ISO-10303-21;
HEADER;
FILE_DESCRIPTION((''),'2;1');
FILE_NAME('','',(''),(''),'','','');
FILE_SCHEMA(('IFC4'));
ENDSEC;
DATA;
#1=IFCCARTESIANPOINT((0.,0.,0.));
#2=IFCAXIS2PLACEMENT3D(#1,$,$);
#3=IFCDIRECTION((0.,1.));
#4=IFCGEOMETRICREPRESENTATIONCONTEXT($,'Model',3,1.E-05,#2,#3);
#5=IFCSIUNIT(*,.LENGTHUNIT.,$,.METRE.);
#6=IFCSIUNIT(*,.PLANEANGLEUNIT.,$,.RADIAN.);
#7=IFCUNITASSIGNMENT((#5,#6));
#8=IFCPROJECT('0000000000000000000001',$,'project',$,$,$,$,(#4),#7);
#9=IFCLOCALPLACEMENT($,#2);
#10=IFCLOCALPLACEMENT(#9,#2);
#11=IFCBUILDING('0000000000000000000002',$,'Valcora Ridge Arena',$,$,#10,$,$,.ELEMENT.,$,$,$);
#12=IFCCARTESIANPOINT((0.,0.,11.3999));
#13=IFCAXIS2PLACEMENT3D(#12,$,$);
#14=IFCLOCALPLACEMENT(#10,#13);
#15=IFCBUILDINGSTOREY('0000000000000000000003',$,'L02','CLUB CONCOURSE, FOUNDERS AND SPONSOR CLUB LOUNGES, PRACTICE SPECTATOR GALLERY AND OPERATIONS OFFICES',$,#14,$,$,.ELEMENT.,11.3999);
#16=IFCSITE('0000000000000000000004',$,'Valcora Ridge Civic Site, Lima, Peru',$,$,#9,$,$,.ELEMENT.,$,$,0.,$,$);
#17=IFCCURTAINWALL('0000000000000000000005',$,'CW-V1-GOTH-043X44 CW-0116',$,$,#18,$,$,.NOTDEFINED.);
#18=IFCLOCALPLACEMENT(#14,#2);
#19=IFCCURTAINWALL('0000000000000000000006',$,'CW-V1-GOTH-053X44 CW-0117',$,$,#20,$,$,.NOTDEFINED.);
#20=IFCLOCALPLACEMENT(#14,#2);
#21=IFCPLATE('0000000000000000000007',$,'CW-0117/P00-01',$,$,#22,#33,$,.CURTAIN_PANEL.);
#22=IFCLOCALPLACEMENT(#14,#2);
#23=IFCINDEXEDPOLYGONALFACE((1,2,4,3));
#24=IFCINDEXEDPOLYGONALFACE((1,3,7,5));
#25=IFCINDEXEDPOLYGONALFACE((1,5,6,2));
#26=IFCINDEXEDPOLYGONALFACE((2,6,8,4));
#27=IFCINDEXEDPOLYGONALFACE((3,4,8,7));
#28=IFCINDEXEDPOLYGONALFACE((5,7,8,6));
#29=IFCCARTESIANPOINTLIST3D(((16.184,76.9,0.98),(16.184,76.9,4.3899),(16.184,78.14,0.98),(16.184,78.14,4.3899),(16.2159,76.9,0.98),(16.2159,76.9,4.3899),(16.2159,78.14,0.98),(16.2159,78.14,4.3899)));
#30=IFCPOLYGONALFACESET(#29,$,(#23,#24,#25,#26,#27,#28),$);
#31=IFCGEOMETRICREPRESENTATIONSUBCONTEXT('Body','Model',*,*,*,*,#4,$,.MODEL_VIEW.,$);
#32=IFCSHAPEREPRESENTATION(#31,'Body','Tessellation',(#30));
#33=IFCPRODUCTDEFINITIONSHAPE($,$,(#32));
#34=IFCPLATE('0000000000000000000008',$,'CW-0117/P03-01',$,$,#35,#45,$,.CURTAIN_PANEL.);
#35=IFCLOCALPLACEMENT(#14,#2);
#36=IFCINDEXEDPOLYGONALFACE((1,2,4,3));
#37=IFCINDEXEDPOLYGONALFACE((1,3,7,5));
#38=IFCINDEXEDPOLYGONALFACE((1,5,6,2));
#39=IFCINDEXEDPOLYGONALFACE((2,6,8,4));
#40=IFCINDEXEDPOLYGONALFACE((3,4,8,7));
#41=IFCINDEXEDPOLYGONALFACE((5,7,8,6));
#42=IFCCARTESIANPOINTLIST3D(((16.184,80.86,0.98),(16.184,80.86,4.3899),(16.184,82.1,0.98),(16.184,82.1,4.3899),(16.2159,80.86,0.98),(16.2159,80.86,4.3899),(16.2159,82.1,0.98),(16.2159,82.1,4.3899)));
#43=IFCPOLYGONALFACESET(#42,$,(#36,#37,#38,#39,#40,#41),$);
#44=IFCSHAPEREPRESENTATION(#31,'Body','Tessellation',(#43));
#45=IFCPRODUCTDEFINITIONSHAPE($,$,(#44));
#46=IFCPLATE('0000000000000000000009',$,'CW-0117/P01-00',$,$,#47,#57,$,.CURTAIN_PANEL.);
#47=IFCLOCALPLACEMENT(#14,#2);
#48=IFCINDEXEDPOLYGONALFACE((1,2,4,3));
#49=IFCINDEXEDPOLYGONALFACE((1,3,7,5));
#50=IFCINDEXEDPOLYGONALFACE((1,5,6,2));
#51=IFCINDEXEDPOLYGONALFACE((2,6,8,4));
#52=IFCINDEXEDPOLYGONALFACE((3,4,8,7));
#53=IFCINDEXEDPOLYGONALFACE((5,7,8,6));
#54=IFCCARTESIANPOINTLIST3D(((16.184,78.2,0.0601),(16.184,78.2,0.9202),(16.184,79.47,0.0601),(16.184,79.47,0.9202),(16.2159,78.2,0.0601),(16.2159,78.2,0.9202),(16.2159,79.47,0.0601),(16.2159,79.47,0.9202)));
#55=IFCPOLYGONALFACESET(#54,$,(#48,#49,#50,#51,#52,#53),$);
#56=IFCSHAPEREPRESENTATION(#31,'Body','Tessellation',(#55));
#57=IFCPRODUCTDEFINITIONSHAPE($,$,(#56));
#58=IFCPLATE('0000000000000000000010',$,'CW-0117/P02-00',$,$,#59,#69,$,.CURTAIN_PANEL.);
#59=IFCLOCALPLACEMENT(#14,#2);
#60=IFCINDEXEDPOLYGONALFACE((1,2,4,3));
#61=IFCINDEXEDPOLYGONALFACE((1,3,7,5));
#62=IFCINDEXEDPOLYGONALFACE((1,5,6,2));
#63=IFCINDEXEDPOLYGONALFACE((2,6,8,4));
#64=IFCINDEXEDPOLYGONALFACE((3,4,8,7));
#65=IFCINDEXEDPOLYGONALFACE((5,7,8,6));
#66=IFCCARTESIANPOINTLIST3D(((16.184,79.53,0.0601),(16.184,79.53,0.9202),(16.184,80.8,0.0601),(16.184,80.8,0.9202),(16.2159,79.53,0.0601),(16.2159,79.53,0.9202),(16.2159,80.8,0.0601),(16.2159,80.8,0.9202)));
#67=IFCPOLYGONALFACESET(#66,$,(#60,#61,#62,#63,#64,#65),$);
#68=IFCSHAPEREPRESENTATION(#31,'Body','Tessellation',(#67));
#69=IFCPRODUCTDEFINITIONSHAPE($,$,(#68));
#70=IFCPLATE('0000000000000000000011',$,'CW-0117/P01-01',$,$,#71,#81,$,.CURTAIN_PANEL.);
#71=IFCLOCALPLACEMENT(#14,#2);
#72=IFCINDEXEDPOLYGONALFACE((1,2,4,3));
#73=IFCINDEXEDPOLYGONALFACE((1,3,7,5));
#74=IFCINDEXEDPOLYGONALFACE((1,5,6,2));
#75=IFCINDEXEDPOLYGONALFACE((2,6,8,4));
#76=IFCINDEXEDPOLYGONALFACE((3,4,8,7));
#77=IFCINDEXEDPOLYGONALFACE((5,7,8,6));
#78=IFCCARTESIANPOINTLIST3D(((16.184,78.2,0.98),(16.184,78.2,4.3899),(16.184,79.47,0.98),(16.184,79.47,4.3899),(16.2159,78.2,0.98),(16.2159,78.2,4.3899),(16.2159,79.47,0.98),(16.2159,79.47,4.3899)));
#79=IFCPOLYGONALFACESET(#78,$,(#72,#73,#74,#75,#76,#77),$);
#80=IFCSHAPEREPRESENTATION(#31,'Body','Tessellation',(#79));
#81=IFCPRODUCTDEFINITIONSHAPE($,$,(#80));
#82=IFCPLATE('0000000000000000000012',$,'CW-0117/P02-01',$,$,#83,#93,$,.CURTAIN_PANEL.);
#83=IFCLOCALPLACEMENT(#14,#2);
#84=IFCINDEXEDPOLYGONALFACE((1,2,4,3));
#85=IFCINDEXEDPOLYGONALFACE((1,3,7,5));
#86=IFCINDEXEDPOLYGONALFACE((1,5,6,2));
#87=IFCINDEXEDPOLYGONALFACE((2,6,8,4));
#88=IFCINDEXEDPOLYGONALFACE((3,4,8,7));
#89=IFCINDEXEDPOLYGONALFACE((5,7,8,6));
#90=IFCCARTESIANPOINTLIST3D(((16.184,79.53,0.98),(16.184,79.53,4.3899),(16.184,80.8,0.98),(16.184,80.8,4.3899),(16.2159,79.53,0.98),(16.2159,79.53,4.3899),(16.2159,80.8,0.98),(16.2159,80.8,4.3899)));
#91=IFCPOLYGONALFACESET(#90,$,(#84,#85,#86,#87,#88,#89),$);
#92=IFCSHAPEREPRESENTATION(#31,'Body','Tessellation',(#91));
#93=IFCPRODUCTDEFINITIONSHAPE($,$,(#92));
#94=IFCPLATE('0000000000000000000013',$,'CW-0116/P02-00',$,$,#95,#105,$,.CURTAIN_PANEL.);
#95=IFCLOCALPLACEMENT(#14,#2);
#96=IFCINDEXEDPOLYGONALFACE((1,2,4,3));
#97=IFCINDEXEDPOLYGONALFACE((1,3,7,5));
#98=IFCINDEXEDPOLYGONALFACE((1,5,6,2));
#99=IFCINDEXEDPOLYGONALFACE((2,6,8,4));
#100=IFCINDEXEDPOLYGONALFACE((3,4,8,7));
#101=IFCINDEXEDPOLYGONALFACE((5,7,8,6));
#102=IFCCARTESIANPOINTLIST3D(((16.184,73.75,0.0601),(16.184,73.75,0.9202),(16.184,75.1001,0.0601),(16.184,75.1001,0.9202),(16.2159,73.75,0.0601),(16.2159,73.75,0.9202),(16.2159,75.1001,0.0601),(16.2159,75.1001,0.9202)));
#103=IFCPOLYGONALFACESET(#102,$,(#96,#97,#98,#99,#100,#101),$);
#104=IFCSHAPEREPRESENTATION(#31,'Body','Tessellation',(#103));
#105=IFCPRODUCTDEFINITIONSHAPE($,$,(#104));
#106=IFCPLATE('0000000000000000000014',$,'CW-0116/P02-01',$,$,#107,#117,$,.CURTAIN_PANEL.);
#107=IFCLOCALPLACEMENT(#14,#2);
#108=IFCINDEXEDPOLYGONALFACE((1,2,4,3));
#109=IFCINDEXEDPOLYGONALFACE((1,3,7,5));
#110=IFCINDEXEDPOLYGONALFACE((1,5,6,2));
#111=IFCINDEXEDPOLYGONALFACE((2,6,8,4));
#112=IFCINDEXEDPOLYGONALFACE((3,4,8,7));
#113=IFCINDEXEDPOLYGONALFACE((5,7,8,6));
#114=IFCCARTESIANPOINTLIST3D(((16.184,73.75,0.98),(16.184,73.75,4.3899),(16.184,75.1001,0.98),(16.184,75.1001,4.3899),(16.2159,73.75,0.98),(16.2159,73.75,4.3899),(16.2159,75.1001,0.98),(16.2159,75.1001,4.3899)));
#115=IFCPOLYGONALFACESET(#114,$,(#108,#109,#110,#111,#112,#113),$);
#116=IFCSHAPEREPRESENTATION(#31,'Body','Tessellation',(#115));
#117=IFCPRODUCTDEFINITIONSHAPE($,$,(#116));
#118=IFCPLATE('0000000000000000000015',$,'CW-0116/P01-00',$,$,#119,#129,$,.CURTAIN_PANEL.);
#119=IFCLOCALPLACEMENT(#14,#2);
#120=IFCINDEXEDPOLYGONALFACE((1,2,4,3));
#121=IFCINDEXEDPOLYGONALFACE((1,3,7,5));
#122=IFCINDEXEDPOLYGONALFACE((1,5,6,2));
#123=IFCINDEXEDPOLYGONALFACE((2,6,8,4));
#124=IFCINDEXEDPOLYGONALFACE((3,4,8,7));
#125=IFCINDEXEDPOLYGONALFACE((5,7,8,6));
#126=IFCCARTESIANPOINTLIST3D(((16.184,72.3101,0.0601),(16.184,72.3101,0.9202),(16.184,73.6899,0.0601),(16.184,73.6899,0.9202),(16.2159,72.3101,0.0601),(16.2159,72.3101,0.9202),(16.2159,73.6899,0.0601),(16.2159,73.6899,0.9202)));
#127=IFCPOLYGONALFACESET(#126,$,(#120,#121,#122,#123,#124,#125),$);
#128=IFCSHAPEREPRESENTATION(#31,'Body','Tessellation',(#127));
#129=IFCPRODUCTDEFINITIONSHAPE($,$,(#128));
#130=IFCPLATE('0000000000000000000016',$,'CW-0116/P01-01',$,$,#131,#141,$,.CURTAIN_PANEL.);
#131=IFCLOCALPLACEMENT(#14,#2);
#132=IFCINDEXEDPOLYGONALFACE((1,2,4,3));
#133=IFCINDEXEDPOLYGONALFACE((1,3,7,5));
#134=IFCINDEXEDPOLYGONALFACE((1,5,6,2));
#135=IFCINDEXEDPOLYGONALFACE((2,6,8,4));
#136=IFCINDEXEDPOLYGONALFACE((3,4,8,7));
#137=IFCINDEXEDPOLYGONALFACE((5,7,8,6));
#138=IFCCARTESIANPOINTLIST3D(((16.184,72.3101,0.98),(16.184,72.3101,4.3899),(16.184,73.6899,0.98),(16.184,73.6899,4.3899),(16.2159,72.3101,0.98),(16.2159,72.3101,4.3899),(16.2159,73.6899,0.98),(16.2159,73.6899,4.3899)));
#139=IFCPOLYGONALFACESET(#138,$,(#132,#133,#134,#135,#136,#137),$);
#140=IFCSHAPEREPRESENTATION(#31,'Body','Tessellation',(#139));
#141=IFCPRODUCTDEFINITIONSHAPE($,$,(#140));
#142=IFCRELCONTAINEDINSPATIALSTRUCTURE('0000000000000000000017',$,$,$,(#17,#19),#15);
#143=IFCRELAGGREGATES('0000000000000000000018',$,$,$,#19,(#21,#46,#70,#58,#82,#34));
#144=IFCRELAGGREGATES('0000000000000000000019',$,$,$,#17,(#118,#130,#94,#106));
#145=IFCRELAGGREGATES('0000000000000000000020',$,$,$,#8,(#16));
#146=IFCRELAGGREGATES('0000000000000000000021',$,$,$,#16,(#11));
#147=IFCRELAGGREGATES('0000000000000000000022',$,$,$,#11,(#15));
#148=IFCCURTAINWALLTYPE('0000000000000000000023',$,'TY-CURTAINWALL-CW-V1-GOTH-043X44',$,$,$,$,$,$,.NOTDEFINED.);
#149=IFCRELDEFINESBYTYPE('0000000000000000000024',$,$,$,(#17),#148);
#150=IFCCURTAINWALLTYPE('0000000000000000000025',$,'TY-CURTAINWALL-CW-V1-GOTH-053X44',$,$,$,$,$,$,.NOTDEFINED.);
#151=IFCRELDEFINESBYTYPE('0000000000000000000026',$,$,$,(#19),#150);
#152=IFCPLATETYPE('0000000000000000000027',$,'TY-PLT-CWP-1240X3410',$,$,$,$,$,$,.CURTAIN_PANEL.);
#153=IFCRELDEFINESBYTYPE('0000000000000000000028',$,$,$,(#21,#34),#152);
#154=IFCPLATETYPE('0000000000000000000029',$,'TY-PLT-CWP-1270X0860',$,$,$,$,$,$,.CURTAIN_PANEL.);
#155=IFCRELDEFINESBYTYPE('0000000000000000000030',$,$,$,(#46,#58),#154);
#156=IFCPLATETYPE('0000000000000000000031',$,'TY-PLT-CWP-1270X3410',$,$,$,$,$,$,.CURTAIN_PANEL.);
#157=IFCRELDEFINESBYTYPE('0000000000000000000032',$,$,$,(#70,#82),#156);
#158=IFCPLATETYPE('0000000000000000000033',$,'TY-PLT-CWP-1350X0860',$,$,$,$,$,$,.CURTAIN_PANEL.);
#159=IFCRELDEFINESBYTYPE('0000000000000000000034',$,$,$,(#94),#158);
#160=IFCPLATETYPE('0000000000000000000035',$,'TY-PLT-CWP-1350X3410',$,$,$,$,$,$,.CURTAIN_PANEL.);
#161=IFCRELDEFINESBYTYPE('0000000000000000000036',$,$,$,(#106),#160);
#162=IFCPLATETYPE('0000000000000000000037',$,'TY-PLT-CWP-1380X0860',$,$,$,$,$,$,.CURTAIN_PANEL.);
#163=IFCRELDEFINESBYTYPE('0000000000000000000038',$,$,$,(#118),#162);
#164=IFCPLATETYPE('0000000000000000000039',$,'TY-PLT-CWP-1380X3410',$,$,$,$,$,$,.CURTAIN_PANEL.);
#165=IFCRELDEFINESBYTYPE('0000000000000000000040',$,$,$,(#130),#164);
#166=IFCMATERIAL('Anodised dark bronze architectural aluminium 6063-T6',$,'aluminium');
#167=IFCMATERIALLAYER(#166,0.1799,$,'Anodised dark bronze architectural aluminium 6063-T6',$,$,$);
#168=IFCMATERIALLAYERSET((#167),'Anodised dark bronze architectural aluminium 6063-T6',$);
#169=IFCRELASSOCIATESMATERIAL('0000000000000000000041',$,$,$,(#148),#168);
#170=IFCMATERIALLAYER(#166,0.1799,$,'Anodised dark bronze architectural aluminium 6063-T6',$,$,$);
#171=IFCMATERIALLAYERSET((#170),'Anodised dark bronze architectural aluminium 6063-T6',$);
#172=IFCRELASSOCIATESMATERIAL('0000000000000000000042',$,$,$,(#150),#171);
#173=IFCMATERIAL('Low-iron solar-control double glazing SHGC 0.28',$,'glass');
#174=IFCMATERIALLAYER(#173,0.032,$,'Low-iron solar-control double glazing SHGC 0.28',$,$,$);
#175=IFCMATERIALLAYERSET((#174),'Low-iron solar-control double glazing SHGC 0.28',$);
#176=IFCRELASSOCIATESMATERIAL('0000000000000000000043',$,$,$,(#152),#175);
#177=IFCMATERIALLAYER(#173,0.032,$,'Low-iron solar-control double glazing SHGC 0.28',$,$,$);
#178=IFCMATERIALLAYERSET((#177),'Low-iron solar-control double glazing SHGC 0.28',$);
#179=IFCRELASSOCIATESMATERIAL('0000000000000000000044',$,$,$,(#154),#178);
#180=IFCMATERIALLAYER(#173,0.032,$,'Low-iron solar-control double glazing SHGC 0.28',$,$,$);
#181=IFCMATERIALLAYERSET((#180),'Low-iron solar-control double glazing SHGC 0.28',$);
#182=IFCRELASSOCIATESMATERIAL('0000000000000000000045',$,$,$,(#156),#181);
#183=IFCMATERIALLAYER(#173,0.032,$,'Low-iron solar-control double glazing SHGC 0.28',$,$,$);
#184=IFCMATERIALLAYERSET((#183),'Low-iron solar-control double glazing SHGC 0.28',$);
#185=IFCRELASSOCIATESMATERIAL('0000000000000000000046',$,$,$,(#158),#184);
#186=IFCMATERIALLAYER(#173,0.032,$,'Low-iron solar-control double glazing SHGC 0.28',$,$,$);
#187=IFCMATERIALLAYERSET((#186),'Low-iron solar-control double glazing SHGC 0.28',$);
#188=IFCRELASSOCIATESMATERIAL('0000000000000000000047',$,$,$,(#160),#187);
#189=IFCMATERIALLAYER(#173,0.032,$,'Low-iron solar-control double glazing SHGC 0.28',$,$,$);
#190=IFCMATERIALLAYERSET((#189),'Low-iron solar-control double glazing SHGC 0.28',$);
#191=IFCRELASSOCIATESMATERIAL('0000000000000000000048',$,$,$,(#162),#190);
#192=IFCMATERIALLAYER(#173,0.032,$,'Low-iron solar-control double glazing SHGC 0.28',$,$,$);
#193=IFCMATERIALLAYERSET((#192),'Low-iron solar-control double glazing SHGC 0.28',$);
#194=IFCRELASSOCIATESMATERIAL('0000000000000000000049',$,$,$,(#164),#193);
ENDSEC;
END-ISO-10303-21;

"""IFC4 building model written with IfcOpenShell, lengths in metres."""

from ifc_helpers import new_model, si_unit, direction, frame, origin, origin_2d, place, context, subcontext, project, spatial, rectangle, extrude, material, layer, layer_set, type_object, element, aggregate, save


model = new_model("IFC4")

# Units and contexts
model_context = context("Model", 3, precision=1e-05, world=origin(), true_north=direction((0.0, 1.0)))
body_context = subcontext(model_context, "Body", "Model", "MODEL_VIEW")
ifc_project = project(units=[si_unit("LENGTHUNIT", "METRE"), si_unit("PLANEANGLEUNIT", "RADIAN")], contexts=[model_context])

# Site, building, storey
site_placement = place(None, origin())
site = spatial("IfcSite", under=ifc_project, at=site_placement, Name="Valcora Ridge Civic Site, Lima, Peru", CompositionType="ELEMENT", RefElevation=0.0)
building_placement = place(site_placement, origin())
building = spatial("IfcBuilding", under=site, at=building_placement, Name="Valcora Ridge Arena", CompositionType="ELEMENT")
storey_placement = place(building_placement, frame((0.0, 0.0, 11.3999)))
storey = spatial("IfcBuildingStorey", under=building, at=storey_placement, Name="L02", Description="CLUB CONCOURSE, FOUNDERS AND SPONSOR CLUB LOUNGES, PRACTICE SPECTATOR GALLERY AND OPERATIONS OFFICES", CompositionType="ELEMENT", Elevation=11.3999)

# Curtain walls
ifc_material_1 = material(Name="Anodised dark bronze architectural aluminium 6063-T6", Category="aluminium")
ifc_layer_1 = layer(ifc_material_1, 0.1799, Name="Anodised dark bronze architectural aluminium 6063-T6")
ifc_layer_set_1 = layer_set([ifc_layer_1], Name="Anodised dark bronze architectural aluminium 6063-T6")
curtain_wall_type_1 = type_object("IfcCurtainWallType", Name="TY-CURTAINWALL-CW-V1-GOTH-043X44", PredefinedType="NOTDEFINED", material=ifc_layer_set_1)
curtain_wall_1_placement = place(storey_placement, origin())
curtain_wall_1 = element("IfcCurtainWall", 1, at=curtain_wall_1_placement, inside=storey, type_object=curtain_wall_type_1, Name="CW-V1-GOTH-043X44 CW-0116", PredefinedType="NOTDEFINED")
ifc_layer_2 = layer(ifc_material_1, 0.1799, Name="Anodised dark bronze architectural aluminium 6063-T6")
ifc_layer_set_2 = layer_set([ifc_layer_2], Name="Anodised dark bronze architectural aluminium 6063-T6")
curtain_wall_type_2 = type_object("IfcCurtainWallType", Name="TY-CURTAINWALL-CW-V1-GOTH-053X44", PredefinedType="NOTDEFINED", material=ifc_layer_set_2)
curtain_wall_2_placement = place(storey_placement, origin())
curtain_wall_2 = element("IfcCurtainWall", 2, at=curtain_wall_2_placement, inside=storey, type_object=curtain_wall_type_2, Name="CW-V1-GOTH-053X44 CW-0117", PredefinedType="NOTDEFINED")

# Plates
ifc_material_2 = material(Name="Low-iron solar-control double glazing SHGC 0.28", Category="glass")
ifc_layer_3 = layer(ifc_material_2, 0.032, Name="Low-iron solar-control double glazing SHGC 0.28")
ifc_layer_set_3 = layer_set([ifc_layer_3], Name="Low-iron solar-control double glazing SHGC 0.28")
plate_type_1 = type_object("IfcPlateType", Name="TY-PLT-CWP-1240X3410", PredefinedType="CURTAIN_PANEL", material=ifc_layer_set_3)
plate_1_placement = place(storey_placement, frame((16.2, 77.52, 0.98), z_axis=(0.0, 0.0, 1.0), x_axis=(0.0, 1.0, 0.0)))
plate_1 = element("IfcPlate", 3, at=plate_1_placement, type_object=plate_type_1, Name="CW-0117/P00-01", PredefinedType="CURTAIN_PANEL", context=body_context, shape_type="SweptSolid", body=[
    extrude(rectangle(XDim=1.24, YDim=0.032, at=origin_2d()), origin(), (0.0, 0.0, 1.0), 3.4099),
])
plate_2_placement = place(storey_placement, frame((16.2, 81.48, 0.98), z_axis=(0.0, 0.0, 1.0), x_axis=(0.0, 1.0, 0.0)))
plate_2 = element("IfcPlate", 4, at=plate_2_placement, type_object=plate_type_1, Name="CW-0117/P03-01", PredefinedType="CURTAIN_PANEL", context=body_context, shape_type="SweptSolid", body=[
    extrude(rectangle(XDim=1.24, YDim=0.032, at=origin_2d()), origin(), (0.0, 0.0, 1.0), 3.4099),
])
ifc_layer_4 = layer(ifc_material_2, 0.032, Name="Low-iron solar-control double glazing SHGC 0.28")
ifc_layer_set_4 = layer_set([ifc_layer_4], Name="Low-iron solar-control double glazing SHGC 0.28")
plate_type_2 = type_object("IfcPlateType", Name="TY-PLT-CWP-1270X0860", PredefinedType="CURTAIN_PANEL", material=ifc_layer_set_4)
plate_3_placement = place(storey_placement, frame((16.2, 78.835, 0.0601), z_axis=(0.0, 0.0, 1.0), x_axis=(0.0, 1.0, 0.0)))
plate_3 = element("IfcPlate", 5, at=plate_3_placement, type_object=plate_type_2, Name="CW-0117/P01-00", PredefinedType="CURTAIN_PANEL", context=body_context, shape_type="SweptSolid", body=[
    extrude(rectangle(XDim=1.27, YDim=0.032, at=origin_2d()), origin(), (0.0, 0.0, 1.0), 0.8601),
])
plate_4_placement = place(storey_placement, frame((16.2, 80.165, 0.0601), z_axis=(0.0, 0.0, 1.0), x_axis=(0.0, 1.0, 0.0)))
plate_4 = element("IfcPlate", 6, at=plate_4_placement, type_object=plate_type_2, Name="CW-0117/P02-00", PredefinedType="CURTAIN_PANEL", context=body_context, shape_type="SweptSolid", body=[
    extrude(rectangle(XDim=1.27, YDim=0.032, at=origin_2d()), origin(), (0.0, 0.0, 1.0), 0.8601),
])
ifc_layer_5 = layer(ifc_material_2, 0.032, Name="Low-iron solar-control double glazing SHGC 0.28")
ifc_layer_set_5 = layer_set([ifc_layer_5], Name="Low-iron solar-control double glazing SHGC 0.28")
plate_type_3 = type_object("IfcPlateType", Name="TY-PLT-CWP-1270X3410", PredefinedType="CURTAIN_PANEL", material=ifc_layer_set_5)
plate_5_placement = place(storey_placement, frame((16.2, 78.835, 0.98), z_axis=(0.0, 0.0, 1.0), x_axis=(0.0, 1.0, 0.0)))
plate_5 = element("IfcPlate", 7, at=plate_5_placement, type_object=plate_type_3, Name="CW-0117/P01-01", PredefinedType="CURTAIN_PANEL", context=body_context, shape_type="SweptSolid", body=[
    extrude(rectangle(XDim=1.27, YDim=0.032, at=origin_2d()), origin(), (0.0, 0.0, 1.0), 3.4099),
])
plate_6_placement = place(storey_placement, frame((16.2, 80.165, 0.98), z_axis=(0.0, 0.0, 1.0), x_axis=(0.0, 1.0, 0.0)))
plate_6 = element("IfcPlate", 8, at=plate_6_placement, type_object=plate_type_3, Name="CW-0117/P02-01", PredefinedType="CURTAIN_PANEL", context=body_context, shape_type="SweptSolid", body=[
    extrude(rectangle(XDim=1.27, YDim=0.032, at=origin_2d()), origin(), (0.0, 0.0, 1.0), 3.4099),
])
aggregate(curtain_wall_2, [plate_1, plate_3, plate_5, plate_4, plate_6, plate_2])
ifc_layer_6 = layer(ifc_material_2, 0.032, Name="Low-iron solar-control double glazing SHGC 0.28")
ifc_layer_set_6 = layer_set([ifc_layer_6], Name="Low-iron solar-control double glazing SHGC 0.28")
plate_type_4 = type_object("IfcPlateType", Name="TY-PLT-CWP-1350X0860", PredefinedType="CURTAIN_PANEL", material=ifc_layer_set_6)
plate_7_placement = place(storey_placement, frame((16.2, 74.425, 0.0601), z_axis=(0.0, 0.0, 1.0), x_axis=(0.0, 1.0, 0.0)))
plate_7 = element("IfcPlate", 9, at=plate_7_placement, type_object=plate_type_4, Name="CW-0116/P02-00", PredefinedType="CURTAIN_PANEL", context=body_context, shape_type="SweptSolid", body=[
    extrude(rectangle(XDim=1.3501, YDim=0.032, at=origin_2d()), origin(), (0.0, 0.0, 1.0), 0.8601),
])
ifc_layer_7 = layer(ifc_material_2, 0.032, Name="Low-iron solar-control double glazing SHGC 0.28")
ifc_layer_set_7 = layer_set([ifc_layer_7], Name="Low-iron solar-control double glazing SHGC 0.28")
plate_type_5 = type_object("IfcPlateType", Name="TY-PLT-CWP-1350X3410", PredefinedType="CURTAIN_PANEL", material=ifc_layer_set_7)
plate_8_placement = place(storey_placement, frame((16.2, 74.425, 0.98), z_axis=(0.0, 0.0, 1.0), x_axis=(0.0, 1.0, 0.0)))
plate_8 = element("IfcPlate", 10, at=plate_8_placement, type_object=plate_type_5, Name="CW-0116/P02-01", PredefinedType="CURTAIN_PANEL", context=body_context, shape_type="SweptSolid", body=[
    extrude(rectangle(XDim=1.3501, YDim=0.032, at=origin_2d()), origin(), (0.0, 0.0, 1.0), 3.4099),
])
ifc_layer_8 = layer(ifc_material_2, 0.032, Name="Low-iron solar-control double glazing SHGC 0.28")
ifc_layer_set_8 = layer_set([ifc_layer_8], Name="Low-iron solar-control double glazing SHGC 0.28")
plate_type_6 = type_object("IfcPlateType", Name="TY-PLT-CWP-1380X0860", PredefinedType="CURTAIN_PANEL", material=ifc_layer_set_8)
plate_9_placement = place(storey_placement, frame((16.2, 73.0, 0.0601), z_axis=(0.0, 0.0, 1.0), x_axis=(0.0, 1.0, 0.0)))
plate_9 = element("IfcPlate", 11, at=plate_9_placement, type_object=plate_type_6, Name="CW-0116/P01-00", PredefinedType="CURTAIN_PANEL", context=body_context, shape_type="SweptSolid", body=[
    extrude(rectangle(XDim=1.3799, YDim=0.032, at=origin_2d()), origin(), (0.0, 0.0, 1.0), 0.8601),
])
ifc_layer_9 = layer(ifc_material_2, 0.032, Name="Low-iron solar-control double glazing SHGC 0.28")
ifc_layer_set_9 = layer_set([ifc_layer_9], Name="Low-iron solar-control double glazing SHGC 0.28")
plate_type_7 = type_object("IfcPlateType", Name="TY-PLT-CWP-1380X3410", PredefinedType="CURTAIN_PANEL", material=ifc_layer_set_9)
plate_10_placement = place(storey_placement, frame((16.2, 73.0, 0.98), z_axis=(0.0, 0.0, 1.0), x_axis=(0.0, 1.0, 0.0)))
plate_10 = element("IfcPlate", 12, at=plate_10_placement, type_object=plate_type_7, Name="CW-0116/P01-01", PredefinedType="CURTAIN_PANEL", context=body_context, shape_type="SweptSolid", body=[
    extrude(rectangle(XDim=1.3799, YDim=0.032, at=origin_2d()), origin(), (0.0, 0.0, 1.0), 3.4099),
])
aggregate(curtain_wall_1, [plate_9, plate_10, plate_7, plate_8])

save(model, "model.ifc")
